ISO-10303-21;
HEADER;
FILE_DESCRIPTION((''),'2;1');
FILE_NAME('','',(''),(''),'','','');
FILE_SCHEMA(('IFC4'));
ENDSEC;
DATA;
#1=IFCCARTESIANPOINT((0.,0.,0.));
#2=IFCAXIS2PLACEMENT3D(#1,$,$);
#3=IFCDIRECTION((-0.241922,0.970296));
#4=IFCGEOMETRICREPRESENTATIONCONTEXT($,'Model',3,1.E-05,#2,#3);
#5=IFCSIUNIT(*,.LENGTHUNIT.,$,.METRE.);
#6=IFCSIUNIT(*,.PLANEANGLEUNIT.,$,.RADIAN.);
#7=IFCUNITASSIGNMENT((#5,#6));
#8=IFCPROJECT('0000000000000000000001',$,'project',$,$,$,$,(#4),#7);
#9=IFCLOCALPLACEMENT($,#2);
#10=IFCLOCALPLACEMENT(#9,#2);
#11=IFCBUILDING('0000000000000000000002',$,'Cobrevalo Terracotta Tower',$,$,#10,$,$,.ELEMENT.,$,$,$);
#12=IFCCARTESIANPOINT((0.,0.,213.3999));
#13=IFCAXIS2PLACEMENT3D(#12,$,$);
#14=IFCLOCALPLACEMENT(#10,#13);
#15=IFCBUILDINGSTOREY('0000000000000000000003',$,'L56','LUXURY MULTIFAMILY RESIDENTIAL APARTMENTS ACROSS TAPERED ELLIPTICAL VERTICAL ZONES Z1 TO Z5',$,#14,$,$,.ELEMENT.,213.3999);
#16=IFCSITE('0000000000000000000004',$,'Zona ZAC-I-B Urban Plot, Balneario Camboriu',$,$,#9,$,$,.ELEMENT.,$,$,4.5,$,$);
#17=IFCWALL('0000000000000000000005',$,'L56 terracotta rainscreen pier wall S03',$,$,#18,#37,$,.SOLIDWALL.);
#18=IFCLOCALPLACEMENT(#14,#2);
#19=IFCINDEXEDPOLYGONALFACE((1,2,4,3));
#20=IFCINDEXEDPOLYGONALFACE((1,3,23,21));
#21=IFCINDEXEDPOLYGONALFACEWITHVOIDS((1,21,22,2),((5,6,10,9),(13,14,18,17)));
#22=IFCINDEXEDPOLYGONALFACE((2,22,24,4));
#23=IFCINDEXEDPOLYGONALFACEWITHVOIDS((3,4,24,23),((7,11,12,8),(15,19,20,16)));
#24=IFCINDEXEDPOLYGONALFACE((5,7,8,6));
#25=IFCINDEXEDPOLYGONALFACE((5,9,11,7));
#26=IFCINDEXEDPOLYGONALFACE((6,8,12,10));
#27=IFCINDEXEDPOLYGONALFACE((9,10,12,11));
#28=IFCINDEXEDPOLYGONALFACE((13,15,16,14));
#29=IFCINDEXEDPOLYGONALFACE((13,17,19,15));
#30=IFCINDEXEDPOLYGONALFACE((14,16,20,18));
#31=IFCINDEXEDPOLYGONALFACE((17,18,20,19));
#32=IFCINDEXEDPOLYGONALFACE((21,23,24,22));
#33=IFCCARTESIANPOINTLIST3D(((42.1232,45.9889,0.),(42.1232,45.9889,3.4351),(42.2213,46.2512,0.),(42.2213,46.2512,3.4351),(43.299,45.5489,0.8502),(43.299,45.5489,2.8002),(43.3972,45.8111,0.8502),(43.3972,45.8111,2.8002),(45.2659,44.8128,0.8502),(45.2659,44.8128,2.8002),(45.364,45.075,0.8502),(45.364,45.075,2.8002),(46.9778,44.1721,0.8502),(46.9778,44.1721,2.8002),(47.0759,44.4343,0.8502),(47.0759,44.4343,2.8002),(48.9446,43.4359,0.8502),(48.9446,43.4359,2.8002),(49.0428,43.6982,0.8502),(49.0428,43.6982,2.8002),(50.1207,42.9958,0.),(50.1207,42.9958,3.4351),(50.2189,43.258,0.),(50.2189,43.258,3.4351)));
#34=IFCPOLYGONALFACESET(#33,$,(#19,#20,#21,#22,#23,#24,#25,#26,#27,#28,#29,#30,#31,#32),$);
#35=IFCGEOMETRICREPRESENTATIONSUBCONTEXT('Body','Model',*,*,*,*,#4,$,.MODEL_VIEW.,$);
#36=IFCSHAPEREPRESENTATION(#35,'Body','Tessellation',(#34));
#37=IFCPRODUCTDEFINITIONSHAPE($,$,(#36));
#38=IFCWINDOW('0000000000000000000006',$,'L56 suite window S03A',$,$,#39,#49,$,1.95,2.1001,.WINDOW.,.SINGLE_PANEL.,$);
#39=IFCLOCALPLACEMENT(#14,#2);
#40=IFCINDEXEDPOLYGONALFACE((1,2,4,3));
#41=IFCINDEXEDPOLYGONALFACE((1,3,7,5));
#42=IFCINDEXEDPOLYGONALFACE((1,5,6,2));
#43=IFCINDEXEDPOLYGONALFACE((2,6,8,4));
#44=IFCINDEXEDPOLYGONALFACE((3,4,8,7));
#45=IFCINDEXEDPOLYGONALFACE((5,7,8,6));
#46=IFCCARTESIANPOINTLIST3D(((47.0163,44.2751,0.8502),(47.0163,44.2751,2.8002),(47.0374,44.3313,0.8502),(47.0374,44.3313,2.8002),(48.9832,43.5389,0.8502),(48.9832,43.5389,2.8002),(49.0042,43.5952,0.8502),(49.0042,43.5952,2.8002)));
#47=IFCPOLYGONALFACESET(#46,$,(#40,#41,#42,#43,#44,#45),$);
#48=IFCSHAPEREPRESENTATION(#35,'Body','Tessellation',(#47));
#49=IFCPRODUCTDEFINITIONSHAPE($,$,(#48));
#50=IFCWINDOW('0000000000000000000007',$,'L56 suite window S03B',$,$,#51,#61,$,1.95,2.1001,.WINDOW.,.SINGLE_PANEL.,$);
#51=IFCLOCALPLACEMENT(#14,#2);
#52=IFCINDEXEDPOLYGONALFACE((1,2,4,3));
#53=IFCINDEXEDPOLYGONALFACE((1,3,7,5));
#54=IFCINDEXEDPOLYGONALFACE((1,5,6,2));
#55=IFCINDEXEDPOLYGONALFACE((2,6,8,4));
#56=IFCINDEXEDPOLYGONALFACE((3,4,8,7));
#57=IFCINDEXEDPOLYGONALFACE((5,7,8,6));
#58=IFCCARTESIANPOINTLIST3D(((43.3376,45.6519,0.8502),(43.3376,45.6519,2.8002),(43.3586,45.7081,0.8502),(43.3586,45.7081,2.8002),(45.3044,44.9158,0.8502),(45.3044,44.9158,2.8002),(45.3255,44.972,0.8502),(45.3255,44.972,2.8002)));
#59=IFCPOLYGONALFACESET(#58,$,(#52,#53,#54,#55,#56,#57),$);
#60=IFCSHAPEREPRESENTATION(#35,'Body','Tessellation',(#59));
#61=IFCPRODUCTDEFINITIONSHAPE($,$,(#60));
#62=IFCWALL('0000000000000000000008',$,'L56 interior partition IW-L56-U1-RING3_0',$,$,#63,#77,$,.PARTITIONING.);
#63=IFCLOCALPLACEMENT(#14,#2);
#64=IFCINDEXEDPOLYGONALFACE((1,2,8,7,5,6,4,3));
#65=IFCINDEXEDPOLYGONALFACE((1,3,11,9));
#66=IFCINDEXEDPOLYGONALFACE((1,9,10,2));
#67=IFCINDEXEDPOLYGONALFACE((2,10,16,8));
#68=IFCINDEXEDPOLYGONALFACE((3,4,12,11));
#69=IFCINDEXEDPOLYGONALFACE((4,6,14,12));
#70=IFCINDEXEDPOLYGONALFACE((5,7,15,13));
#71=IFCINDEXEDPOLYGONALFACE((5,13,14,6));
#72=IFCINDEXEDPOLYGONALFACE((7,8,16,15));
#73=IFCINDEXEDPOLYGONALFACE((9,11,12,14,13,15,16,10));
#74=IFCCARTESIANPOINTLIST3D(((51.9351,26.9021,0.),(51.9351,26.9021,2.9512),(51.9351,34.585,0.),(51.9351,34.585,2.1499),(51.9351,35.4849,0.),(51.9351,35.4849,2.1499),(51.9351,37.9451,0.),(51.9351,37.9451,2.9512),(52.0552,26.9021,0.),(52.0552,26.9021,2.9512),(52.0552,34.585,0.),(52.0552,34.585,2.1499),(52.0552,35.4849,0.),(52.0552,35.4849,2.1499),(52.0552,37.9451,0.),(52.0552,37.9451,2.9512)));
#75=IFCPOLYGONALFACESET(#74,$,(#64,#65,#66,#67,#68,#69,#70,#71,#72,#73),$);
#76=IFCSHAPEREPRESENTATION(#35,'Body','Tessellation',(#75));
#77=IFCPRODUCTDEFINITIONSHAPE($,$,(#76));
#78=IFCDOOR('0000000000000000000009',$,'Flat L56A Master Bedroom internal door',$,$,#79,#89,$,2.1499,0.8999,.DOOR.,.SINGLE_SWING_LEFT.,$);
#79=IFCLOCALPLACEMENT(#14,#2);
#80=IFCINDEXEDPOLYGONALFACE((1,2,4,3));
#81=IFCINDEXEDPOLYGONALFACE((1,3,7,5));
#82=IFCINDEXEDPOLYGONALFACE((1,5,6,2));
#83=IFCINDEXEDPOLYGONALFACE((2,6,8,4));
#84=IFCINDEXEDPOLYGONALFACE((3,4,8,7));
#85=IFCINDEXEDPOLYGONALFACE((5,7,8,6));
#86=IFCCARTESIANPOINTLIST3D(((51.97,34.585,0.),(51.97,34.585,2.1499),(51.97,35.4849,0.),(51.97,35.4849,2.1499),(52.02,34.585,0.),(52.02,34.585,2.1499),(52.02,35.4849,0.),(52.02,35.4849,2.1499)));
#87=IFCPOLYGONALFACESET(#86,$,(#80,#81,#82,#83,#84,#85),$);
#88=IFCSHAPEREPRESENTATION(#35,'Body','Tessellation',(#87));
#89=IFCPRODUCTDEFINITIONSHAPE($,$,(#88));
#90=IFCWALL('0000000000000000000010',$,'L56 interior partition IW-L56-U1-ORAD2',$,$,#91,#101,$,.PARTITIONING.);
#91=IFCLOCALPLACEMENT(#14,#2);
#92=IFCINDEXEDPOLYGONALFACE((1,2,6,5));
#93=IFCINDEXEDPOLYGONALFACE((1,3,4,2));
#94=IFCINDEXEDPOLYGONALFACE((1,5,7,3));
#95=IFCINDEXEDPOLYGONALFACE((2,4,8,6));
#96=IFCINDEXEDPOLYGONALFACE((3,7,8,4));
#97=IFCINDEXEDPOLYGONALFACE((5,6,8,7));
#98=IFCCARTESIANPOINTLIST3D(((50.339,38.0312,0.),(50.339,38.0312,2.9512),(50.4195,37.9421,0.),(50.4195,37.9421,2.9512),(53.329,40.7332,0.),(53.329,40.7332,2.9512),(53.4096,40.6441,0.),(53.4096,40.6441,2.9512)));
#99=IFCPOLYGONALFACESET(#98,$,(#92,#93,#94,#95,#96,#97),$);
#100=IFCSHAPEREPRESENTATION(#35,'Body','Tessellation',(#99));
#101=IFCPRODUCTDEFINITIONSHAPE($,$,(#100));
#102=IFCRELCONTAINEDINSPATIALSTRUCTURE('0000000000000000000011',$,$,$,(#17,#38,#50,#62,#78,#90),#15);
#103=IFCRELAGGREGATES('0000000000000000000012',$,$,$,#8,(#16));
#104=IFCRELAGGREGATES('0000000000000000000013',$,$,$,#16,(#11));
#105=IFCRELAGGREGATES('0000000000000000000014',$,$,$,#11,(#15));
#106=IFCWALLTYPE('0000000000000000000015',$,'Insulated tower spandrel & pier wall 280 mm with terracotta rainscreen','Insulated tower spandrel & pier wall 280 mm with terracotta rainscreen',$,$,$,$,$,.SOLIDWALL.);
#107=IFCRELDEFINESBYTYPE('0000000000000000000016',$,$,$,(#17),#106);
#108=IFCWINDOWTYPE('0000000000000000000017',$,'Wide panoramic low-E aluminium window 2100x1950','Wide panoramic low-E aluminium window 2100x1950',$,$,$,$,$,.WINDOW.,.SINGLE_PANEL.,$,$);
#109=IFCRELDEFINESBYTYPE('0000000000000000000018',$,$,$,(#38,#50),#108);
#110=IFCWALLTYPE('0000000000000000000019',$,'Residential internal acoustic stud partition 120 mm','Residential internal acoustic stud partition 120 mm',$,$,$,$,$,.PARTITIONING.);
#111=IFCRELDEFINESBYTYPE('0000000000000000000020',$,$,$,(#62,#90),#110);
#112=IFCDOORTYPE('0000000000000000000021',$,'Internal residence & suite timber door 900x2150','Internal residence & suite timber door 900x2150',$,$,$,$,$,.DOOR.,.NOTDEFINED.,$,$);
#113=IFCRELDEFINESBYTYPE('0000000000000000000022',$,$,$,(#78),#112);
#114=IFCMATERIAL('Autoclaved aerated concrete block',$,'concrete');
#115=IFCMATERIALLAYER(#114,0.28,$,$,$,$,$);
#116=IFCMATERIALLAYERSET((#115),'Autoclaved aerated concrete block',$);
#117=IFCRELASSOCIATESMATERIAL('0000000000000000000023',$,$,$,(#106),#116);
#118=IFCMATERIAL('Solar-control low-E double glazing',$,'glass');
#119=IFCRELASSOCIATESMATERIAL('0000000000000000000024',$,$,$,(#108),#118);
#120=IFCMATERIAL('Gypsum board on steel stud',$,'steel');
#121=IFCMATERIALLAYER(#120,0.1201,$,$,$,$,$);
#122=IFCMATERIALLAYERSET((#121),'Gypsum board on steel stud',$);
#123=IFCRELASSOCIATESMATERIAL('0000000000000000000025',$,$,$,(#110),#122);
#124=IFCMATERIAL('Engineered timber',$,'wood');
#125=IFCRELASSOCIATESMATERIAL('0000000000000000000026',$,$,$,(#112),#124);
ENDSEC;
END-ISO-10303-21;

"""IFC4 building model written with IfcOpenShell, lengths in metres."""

from ifc_helpers import new_model, si_unit, direction, frame, frame_2d, origin, place, context, subcontext, project, spatial, rectangle, extrude, source, transform, mapped, material, layer, layer_set, type_object, element, fill, save


model = new_model("IFC4")

# Units and contexts
model_context = context("Model", 3, precision=1e-05, world=origin(), true_north=direction((-0.241922, 0.970296)))
body_context = subcontext(model_context, "Body", "Model", "MODEL_VIEW")
ifc_project = project(units=[si_unit("LENGTHUNIT", "METRE"), si_unit("PLANEANGLEUNIT", "RADIAN")], contexts=[model_context])

# Site, building, storey
site_placement = place(None, origin())
site = spatial("IfcSite", under=ifc_project, at=site_placement, Name="Zona ZAC-I-B Urban Plot, Balneario Camboriu", CompositionType="ELEMENT", RefElevation=4.5)
building_placement = place(site_placement, origin())
building = spatial("IfcBuilding", under=site, at=building_placement, Name="Cobrevalo Terracotta Tower", CompositionType="ELEMENT")
storey_placement = place(building_placement, frame((0.0, 0.0, 213.3999)))
storey = spatial("IfcBuildingStorey", under=building, at=storey_placement, Name="L56", Description="LUXURY MULTIFAMILY RESIDENTIAL APARTMENTS ACROSS TAPERED ELLIPTICAL VERTICAL ZONES Z1 TO Z5", CompositionType="ELEMENT", Elevation=213.3999)

# Shared definitions
ifc_material_1 = material(Name="Solar-control low-E double glazing", Category="glass")

# Wall, openings, windows
ifc_material_2 = material(Name="Autoclaved aerated concrete block", Category="concrete")
ifc_layer_1 = layer(ifc_material_2, 0.28)
ifc_layer_set_1 = layer_set([ifc_layer_1], Name="Autoclaved aerated concrete block")
wall_type_1 = type_object("IfcWallType", Name="Insulated tower spandrel & pier wall 280 mm with terracotta rainscreen", Description="Insulated tower spandrel & pier wall 280 mm with terracotta rainscreen", PredefinedType="SOLIDWALL", material=ifc_layer_set_1)
wall_1_placement = place(storey_placement, frame((50.1697, 43.127, 0.0), z_axis=(0.0, 0.0, 1.0), x_axis=(-0.936557, 0.350516, 0.0)))
wall_1 = element("IfcWall", 1, at=wall_1_placement, inside=storey, type_object=wall_type_1, Name="L56 terracotta rainscreen pier wall S03", PredefinedType="SOLIDWALL", context=body_context, shape_type="SweptSolid", body=[
    extrude(rectangle(XDim=8.5393, YDim=0.28, at=frame_2d((4.2695, 0.0))), origin(), (0.0, 0.0, 1.0), 3.4351),
])
opening_1_placement = place(wall_1_placement, frame((1.2556, 0.0, 0.8501)))
opening_1 = element("IfcOpeningElement", 2, at=opening_1_placement, cuts=wall_1, PredefinedType="OPENING", context=body_context, shape_type="SweptSolid", body=[
    extrude(rectangle(XDim=2.1001, YDim=1.95, at=frame_2d((1.05, 0.9751))), frame((0.0, 0.1499, 0.0), z_axis=(0.0, -1.0, 0.0), x_axis=(1.0, 0.0, 0.0)), (0.0, 0.0, 1.0), 0.3),
])
opening_2_placement = place(wall_1_placement, frame((5.1836, 0.0, 0.8501)))
opening_2 = element("IfcOpeningElement", 3, at=opening_2_placement, cuts=wall_1, PredefinedType="OPENING", context=body_context, shape_type="SweptSolid", body=[
    extrude(rectangle(XDim=2.1001, YDim=1.95, at=frame_2d((1.05, 0.9751))), frame((0.0, 0.1499, 0.0), z_axis=(0.0, -1.0, 0.0), x_axis=(1.0, 0.0, 0.0)), (0.0, 0.0, 1.0), 0.3),
])
window_type = type_object("IfcWindowType", Name="Wide panoramic low-E aluminium window 2100x1950", Description="Wide panoramic low-E aluminium window 2100x1950", PartitioningType="SINGLE_PANEL", PredefinedType="WINDOW", material=ifc_material_1)
shared_shape_1 = source(origin(), body_context, "Body", "SweptSolid", [
    extrude(rectangle(XDim=2.1001, YDim=1.95, at=frame_2d((1.05, 0.9751))), frame((0.0, 0.03, 0.0), z_axis=(0.0, -1.0, 0.0), x_axis=(1.0, 0.0, 0.0)), (0.0, 0.0, 1.0), 0.0601),
])
window_1_placement = place(opening_1_placement, origin())
window_1 = element("IfcWindow", 4, at=window_1_placement, inside=storey, type_object=window_type, Name="L56 suite window S03A", OverallHeight=1.95, OverallWidth=2.1001, PartitioningType="SINGLE_PANEL", PredefinedType="WINDOW", context=body_context, shape_type="MappedRepresentation", body=[
    mapped(shared_shape_1, transform((0.0, 0.0, 0.0), scale=1.0)),
])
fill(opening_1, window_1)
window_2_placement = place(opening_2_placement, origin())
window_2 = element("IfcWindow", 5, at=window_2_placement, inside=storey, type_object=window_type, Name="L56 suite window S03B", OverallHeight=1.95, OverallWidth=2.1001, PartitioningType="SINGLE_PANEL", PredefinedType="WINDOW", context=body_context, shape_type="MappedRepresentation", body=[
    mapped(shared_shape_1, transform((0.0, 0.0, 0.0), scale=1.0)),
])
fill(opening_2, window_2)

# Wall, opening, door
ifc_material_3 = material(Name="Gypsum board on steel stud", Category="steel")
ifc_layer_2 = layer(ifc_material_3, 0.1201)
ifc_layer_set_2 = layer_set([ifc_layer_2], Name="Gypsum board on steel stud")
wall_type_2 = type_object("IfcWallType", Name="Residential internal acoustic stud partition 120 mm", Description="Residential internal acoustic stud partition 120 mm", PredefinedType="PARTITIONING", material=ifc_layer_set_2)
wall_2_placement = place(storey_placement, frame((51.9951, 37.9451, 0.0), z_axis=(0.0, 0.0, 1.0), x_axis=(0.0, -1.0, 0.0)))
wall_2 = element("IfcWall", 6, at=wall_2_placement, inside=storey, type_object=wall_type_2, Name="L56 interior partition IW-L56-U1-RING3_0", PredefinedType="PARTITIONING", context=body_context, shape_type="SweptSolid", body=[
    extrude(rectangle(XDim=11.043, YDim=0.1201, at=frame_2d((5.5215, 0.0))), origin(), (0.0, 0.0, 1.0), 2.9512),
])
opening_3_placement = place(wall_2_placement, frame((2.4602, 0.0, 0.0)))
opening_3 = element("IfcOpeningElement", 7, at=opening_3_placement, cuts=wall_2, PredefinedType="OPENING", context=body_context, shape_type="SweptSolid", body=[
    extrude(rectangle(XDim=0.8999, YDim=2.1499, at=frame_2d((0.45, 1.075))), frame((0.0, 0.0701, 0.0), z_axis=(0.0, -1.0, 0.0), x_axis=(1.0, 0.0, 0.0)), (0.0, 0.0, 1.0), 0.1401),
])
ifc_material_4 = material(Name="Engineered timber", Category="wood")
door_type = type_object("IfcDoorType", Name="Internal residence & suite timber door 900x2150", Description="Internal residence & suite timber door 900x2150", OperationType="NOTDEFINED", PredefinedType="DOOR", material=ifc_material_4)
shared_shape_2 = source(origin(), body_context, "Body", "SweptSolid", [
    extrude(rectangle(XDim=0.8999, YDim=2.1499, at=frame_2d((0.45, 1.075))), frame((0.0, 0.0249, 0.0), z_axis=(0.0, -1.0, 0.0), x_axis=(1.0, 0.0, 0.0)), (0.0, 0.0, 1.0), 0.05),
])
door_placement = place(opening_3_placement, origin())
door = element("IfcDoor", 8, at=door_placement, inside=storey, type_object=door_type, Name="Flat L56A Master Bedroom internal door", OperationType="SINGLE_SWING_LEFT", OverallHeight=2.1499, OverallWidth=0.8999, PredefinedType="DOOR", context=body_context, shape_type="MappedRepresentation", body=[
    mapped(shared_shape_2, transform((0.0, 0.0, 0.0), scale=1.0)),
])
fill(opening_3, door)

# Wall
wall_3_placement = place(storey_placement, frame((50.3792, 37.9866, 0.0), z_axis=(0.0, 0.0, 1.0), x_axis=(0.741946, 0.67046, 0.0)))
element("IfcWall", 9, at=wall_3_placement, inside=storey, type_object=wall_type_2, Name="L56 interior partition IW-L56-U1-ORAD2", PredefinedType="PARTITIONING", context=body_context, shape_type="SweptSolid", body=[
    extrude(rectangle(XDim=4.03, YDim=0.1201, at=frame_2d((2.0151, 0.0))), origin(), (0.0, 0.0, 1.0), 2.9512),
])

save(model, "model.ifc")
